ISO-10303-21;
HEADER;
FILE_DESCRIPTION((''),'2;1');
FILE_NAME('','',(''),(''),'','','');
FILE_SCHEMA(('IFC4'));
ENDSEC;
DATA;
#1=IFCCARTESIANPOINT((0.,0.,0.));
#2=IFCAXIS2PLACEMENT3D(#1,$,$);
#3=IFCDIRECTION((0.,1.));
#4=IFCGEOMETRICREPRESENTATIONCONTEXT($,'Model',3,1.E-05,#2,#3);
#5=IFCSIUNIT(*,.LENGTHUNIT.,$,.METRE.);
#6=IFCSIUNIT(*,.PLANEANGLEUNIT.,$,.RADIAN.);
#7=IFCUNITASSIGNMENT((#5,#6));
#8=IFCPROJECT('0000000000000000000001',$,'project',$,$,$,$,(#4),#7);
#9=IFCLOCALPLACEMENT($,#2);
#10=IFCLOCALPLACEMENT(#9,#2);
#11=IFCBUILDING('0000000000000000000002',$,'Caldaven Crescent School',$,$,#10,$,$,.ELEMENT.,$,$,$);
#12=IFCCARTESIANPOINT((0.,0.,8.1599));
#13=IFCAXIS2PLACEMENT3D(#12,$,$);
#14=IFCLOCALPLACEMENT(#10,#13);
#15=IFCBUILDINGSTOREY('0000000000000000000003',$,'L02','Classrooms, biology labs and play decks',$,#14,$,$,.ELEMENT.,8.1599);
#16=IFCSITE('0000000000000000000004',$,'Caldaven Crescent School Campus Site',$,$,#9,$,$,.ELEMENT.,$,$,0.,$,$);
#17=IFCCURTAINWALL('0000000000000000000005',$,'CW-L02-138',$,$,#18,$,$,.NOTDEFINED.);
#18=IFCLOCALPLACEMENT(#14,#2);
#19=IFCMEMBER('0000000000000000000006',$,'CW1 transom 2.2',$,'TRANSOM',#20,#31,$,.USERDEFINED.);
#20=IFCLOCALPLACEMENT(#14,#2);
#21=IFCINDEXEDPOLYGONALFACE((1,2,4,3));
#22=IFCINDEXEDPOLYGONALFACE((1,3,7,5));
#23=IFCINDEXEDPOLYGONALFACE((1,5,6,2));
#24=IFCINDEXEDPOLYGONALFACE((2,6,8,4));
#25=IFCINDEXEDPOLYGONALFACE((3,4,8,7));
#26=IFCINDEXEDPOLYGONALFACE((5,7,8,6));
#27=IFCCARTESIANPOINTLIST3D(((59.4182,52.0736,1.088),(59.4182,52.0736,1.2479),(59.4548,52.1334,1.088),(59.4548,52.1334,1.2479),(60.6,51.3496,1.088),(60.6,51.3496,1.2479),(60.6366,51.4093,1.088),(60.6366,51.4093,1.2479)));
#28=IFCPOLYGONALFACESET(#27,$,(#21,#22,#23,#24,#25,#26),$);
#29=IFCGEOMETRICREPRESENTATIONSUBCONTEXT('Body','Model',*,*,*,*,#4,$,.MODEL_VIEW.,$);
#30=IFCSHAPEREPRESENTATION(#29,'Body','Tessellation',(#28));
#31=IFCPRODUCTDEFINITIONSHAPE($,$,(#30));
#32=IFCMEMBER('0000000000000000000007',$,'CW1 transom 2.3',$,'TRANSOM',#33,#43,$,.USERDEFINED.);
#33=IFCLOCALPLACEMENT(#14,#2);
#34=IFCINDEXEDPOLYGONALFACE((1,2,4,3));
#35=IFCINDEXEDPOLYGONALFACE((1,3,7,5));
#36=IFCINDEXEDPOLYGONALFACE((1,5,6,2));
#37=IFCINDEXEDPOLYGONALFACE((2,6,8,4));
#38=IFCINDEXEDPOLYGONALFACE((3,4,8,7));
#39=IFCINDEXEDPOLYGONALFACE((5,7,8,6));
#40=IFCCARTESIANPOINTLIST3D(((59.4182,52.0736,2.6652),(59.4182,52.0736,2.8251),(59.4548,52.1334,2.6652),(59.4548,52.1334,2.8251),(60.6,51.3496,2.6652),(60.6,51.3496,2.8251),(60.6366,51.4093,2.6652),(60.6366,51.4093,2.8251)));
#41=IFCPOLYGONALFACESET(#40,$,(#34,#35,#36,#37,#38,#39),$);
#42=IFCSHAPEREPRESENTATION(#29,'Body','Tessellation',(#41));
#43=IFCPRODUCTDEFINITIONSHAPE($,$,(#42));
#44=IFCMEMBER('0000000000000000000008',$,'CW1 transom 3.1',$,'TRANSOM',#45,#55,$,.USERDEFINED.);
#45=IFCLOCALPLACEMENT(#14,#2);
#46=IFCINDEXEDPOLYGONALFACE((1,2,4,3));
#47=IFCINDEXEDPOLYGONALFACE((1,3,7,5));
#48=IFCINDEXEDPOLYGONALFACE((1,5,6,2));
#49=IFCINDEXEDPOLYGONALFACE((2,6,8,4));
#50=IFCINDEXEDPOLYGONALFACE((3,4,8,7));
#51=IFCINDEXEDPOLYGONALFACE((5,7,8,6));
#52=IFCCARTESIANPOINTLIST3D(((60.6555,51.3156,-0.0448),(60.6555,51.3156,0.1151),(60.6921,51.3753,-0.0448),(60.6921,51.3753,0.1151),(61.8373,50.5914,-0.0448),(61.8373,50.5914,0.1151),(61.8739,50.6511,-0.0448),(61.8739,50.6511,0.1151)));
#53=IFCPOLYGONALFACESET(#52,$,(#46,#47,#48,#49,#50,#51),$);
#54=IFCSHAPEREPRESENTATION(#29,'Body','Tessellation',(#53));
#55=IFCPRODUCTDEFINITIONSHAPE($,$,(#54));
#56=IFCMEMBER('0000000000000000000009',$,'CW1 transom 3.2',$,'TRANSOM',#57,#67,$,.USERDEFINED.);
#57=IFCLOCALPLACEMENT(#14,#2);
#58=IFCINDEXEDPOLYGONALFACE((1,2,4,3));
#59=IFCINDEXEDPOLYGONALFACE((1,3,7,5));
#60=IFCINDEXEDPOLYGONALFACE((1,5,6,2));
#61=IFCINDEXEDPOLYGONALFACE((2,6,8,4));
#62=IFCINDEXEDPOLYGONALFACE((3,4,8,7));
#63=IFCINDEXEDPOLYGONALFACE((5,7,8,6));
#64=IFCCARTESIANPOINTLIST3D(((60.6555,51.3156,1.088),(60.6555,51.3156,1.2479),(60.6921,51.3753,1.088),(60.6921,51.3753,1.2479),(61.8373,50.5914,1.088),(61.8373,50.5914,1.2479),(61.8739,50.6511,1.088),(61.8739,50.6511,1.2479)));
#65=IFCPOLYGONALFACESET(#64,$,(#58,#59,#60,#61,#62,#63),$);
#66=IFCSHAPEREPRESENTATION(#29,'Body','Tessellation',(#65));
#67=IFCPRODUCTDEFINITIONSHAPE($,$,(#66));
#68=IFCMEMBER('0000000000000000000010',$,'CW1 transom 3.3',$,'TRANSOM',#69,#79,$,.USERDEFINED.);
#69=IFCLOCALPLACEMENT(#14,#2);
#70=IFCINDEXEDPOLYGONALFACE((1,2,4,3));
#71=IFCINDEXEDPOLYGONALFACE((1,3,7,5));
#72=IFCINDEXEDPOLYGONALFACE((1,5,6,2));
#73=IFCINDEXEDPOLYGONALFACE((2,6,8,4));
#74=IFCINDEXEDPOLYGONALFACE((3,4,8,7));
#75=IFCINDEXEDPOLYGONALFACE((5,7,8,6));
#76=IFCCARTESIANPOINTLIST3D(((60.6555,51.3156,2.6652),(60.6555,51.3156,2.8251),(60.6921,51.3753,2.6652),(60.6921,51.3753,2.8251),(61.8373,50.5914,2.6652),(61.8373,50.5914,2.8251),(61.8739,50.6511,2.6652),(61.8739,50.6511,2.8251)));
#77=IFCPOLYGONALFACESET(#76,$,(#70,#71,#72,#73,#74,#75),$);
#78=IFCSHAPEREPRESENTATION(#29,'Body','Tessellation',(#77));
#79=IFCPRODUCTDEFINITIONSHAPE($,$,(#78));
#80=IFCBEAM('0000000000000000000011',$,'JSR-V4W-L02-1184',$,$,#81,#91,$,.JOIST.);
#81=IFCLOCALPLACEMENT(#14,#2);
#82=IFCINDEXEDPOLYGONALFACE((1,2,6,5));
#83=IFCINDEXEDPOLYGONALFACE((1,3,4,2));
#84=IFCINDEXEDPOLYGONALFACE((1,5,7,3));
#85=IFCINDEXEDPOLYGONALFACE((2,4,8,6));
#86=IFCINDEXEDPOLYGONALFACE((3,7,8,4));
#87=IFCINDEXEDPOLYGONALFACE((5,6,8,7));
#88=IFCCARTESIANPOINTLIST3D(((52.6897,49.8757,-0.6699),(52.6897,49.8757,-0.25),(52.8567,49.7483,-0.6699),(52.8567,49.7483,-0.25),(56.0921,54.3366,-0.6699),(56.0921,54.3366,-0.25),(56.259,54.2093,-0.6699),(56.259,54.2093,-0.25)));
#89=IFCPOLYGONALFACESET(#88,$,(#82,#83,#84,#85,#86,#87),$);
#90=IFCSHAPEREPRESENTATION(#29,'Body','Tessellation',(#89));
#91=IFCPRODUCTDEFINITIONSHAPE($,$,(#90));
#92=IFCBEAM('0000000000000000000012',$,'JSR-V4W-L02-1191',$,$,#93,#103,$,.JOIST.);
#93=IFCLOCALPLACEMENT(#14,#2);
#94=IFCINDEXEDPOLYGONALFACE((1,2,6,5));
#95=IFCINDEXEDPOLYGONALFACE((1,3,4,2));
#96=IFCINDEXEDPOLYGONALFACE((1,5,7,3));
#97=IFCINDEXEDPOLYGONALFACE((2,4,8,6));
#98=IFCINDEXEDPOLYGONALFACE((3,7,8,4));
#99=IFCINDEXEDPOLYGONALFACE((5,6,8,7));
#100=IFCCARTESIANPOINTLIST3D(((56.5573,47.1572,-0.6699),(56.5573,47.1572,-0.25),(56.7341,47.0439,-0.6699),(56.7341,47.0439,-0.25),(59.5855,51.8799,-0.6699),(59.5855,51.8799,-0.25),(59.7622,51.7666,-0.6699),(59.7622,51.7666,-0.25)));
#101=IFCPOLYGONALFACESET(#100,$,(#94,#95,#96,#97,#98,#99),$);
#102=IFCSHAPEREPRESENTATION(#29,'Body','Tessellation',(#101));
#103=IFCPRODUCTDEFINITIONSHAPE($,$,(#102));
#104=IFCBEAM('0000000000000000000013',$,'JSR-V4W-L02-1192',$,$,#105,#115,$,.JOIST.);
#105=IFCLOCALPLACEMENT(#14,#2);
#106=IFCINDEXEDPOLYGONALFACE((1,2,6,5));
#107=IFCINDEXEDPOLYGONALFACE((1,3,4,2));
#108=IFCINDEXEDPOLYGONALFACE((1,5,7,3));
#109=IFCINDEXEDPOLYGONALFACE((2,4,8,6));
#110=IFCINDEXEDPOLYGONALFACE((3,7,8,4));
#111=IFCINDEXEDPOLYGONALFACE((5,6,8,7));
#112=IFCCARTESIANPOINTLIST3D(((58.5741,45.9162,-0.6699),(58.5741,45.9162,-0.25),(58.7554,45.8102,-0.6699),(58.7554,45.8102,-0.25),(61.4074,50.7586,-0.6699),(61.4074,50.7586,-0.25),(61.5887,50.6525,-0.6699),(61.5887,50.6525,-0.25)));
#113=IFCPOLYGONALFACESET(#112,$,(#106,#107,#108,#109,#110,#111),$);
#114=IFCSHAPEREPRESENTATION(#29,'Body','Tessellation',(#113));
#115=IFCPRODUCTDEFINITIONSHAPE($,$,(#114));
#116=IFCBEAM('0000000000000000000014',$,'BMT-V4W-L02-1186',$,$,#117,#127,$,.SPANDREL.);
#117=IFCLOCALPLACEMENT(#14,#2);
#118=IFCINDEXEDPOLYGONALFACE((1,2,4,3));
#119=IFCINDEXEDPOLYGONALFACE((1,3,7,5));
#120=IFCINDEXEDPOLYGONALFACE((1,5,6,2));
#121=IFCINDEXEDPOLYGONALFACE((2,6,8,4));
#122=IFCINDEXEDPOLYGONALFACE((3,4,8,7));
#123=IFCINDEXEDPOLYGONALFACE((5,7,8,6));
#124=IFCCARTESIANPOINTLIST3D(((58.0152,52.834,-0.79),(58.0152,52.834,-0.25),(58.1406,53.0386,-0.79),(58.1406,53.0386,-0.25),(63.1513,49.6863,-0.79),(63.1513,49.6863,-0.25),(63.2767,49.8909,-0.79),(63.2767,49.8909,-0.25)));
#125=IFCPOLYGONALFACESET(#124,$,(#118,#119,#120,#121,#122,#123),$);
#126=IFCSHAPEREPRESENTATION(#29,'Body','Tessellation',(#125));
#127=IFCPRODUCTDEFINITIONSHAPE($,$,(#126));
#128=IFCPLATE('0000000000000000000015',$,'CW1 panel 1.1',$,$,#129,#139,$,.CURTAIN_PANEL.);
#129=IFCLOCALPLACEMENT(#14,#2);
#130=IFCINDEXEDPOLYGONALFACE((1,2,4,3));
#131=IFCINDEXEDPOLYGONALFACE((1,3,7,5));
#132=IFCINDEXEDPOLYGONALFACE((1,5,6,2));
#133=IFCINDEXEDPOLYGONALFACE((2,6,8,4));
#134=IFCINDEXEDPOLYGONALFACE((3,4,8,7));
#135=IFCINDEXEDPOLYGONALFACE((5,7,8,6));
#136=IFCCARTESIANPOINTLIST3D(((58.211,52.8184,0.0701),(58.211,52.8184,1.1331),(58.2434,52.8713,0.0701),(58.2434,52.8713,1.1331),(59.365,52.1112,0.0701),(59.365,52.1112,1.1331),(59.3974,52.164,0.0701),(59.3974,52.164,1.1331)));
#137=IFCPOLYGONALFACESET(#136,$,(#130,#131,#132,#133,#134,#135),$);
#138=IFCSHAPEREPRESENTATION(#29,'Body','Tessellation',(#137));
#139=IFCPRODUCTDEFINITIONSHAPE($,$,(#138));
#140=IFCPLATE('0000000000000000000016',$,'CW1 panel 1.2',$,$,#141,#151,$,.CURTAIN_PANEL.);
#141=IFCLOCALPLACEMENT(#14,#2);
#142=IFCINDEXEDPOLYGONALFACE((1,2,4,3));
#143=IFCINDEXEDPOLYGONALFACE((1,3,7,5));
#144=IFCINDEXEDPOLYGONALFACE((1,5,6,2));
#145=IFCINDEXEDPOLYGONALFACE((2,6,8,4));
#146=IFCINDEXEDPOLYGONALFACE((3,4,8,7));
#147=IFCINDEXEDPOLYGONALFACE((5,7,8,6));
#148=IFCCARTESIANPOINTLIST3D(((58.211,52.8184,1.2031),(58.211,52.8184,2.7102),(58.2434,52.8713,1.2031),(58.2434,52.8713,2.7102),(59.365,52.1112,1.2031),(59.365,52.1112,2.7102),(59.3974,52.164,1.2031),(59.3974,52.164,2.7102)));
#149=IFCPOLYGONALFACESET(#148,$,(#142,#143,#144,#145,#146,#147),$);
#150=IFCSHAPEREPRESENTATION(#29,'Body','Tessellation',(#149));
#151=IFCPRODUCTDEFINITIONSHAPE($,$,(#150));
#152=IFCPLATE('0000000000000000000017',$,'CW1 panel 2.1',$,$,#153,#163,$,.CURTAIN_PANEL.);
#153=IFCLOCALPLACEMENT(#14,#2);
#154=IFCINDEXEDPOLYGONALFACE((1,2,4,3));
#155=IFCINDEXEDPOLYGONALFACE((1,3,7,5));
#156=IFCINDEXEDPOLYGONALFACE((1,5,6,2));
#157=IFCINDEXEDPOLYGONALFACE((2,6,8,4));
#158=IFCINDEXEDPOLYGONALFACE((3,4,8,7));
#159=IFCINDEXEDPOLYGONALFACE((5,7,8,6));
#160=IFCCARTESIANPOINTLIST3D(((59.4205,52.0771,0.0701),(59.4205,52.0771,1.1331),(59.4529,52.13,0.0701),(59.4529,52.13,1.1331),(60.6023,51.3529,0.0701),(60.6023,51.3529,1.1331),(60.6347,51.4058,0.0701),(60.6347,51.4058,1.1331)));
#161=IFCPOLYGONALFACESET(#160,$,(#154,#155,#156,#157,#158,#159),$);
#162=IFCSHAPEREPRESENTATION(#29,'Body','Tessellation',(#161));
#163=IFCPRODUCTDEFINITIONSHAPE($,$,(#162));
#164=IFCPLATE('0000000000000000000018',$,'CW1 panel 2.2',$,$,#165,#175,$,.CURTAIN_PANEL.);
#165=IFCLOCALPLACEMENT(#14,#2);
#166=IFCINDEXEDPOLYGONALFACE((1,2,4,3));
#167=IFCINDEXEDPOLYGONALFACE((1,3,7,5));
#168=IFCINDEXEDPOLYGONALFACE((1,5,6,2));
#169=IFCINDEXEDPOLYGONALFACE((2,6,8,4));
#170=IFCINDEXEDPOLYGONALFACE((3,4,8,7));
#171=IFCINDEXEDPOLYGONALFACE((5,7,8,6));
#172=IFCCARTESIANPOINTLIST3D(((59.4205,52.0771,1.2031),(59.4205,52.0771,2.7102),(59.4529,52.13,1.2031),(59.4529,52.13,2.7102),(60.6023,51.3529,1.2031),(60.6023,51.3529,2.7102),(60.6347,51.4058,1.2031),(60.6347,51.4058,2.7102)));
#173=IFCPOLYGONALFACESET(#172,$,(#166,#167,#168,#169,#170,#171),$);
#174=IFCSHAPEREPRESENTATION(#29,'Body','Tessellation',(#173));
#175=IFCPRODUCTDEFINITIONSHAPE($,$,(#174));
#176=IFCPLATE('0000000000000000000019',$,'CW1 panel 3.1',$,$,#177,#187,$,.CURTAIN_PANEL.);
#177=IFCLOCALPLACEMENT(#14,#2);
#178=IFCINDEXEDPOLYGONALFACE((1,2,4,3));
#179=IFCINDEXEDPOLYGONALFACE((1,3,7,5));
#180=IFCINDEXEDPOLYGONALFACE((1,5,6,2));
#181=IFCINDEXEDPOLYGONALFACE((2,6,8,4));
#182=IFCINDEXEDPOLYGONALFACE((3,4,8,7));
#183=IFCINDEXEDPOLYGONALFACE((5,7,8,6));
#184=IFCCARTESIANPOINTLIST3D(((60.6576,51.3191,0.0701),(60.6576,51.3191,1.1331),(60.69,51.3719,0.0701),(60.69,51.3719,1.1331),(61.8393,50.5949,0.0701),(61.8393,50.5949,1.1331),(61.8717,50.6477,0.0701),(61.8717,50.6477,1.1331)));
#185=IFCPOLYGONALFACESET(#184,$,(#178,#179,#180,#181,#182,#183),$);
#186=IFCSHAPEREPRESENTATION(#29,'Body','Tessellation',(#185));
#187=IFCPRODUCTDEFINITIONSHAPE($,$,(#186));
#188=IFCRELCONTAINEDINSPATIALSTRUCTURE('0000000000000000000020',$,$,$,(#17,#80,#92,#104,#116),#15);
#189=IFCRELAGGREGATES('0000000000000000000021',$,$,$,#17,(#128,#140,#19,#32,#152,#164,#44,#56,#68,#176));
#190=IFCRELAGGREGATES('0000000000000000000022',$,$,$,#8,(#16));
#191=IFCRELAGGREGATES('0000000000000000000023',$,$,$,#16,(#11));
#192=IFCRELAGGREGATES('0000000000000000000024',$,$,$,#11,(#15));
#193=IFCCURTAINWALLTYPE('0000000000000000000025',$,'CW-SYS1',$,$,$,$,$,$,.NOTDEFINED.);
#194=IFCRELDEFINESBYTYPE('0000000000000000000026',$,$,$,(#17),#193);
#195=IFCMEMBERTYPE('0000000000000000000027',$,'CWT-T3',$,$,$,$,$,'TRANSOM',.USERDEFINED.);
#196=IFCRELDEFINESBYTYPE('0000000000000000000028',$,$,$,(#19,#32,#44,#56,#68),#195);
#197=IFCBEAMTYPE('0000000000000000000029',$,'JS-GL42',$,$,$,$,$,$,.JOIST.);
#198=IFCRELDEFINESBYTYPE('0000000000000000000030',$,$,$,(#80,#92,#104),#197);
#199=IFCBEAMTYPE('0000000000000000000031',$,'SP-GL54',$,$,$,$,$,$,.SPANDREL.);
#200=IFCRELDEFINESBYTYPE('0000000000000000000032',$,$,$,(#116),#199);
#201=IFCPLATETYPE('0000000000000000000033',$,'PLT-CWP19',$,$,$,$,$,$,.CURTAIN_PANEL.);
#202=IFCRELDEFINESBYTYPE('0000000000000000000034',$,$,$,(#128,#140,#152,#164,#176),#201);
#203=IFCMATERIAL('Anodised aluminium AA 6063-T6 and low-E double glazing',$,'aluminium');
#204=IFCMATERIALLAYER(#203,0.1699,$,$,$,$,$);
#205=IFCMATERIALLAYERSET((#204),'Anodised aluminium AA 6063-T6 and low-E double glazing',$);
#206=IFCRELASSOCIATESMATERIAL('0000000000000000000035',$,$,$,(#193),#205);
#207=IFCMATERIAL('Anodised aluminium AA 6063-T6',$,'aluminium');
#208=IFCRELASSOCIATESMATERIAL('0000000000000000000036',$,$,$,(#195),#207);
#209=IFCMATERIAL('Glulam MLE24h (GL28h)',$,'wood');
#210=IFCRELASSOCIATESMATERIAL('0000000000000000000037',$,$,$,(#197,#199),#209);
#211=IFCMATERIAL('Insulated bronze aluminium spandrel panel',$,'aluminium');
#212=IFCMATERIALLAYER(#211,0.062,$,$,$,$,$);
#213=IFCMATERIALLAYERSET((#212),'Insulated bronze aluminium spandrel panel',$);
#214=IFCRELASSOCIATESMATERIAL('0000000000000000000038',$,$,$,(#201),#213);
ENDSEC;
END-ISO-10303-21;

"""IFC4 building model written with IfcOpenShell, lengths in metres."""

from ifc_helpers import new_model, si_unit, direction, frame, origin, origin_2d, place, context, subcontext, project, spatial, rectangle, extrude, material, layer, layer_set, material_profile, profile_set, type_object, element, aggregate, save


model = new_model("IFC4")

# Units and contexts
model_context = context("Model", 3, precision=1e-05, world=origin(), true_north=direction((0.0, 1.0)))
body_context = subcontext(model_context, "Body", "Model", "MODEL_VIEW")
ifc_project = project(units=[si_unit("LENGTHUNIT", "METRE"), si_unit("PLANEANGLEUNIT", "RADIAN")], contexts=[model_context])

# Site, building, storey
site_placement = place(None, origin())
site = spatial("IfcSite", under=ifc_project, at=site_placement, Name="Caldaven Crescent School Campus Site", CompositionType="ELEMENT", RefElevation=0.0)
building_placement = place(site_placement, origin())
building = spatial("IfcBuilding", under=site, at=building_placement, Name="Caldaven Crescent School", CompositionType="ELEMENT")
storey_placement = place(building_placement, frame((0.0, 0.0, 8.1599)))
storey = spatial("IfcBuildingStorey", under=building, at=storey_placement, Name="L02", Description="Classrooms, biology labs and play decks", CompositionType="ELEMENT", Elevation=8.1599)

# Shared definitions
ifc_material_1 = material(Name="Glulam MLE24h (GL28h)", Category="wood")

# Curtain wall, members
ifc_material_2 = material(Name="Anodised aluminium AA 6063-T6 and low-E double glazing", Category="aluminium")
ifc_layer_1 = layer(ifc_material_2, 0.1699)
ifc_layer_set_1 = layer_set([ifc_layer_1], Name="Anodised aluminium AA 6063-T6 and low-E double glazing")
curtain_wall_type = type_object("IfcCurtainWallType", Name="CW-SYS1", PredefinedType="NOTDEFINED", material=ifc_layer_set_1)
curtain_wall_placement = place(storey_placement, origin())
curtain_wall = element("IfcCurtainWall", 1, at=curtain_wall_placement, inside=storey, type_object=curtain_wall_type, Name="CW-L02-138", PredefinedType="NOTDEFINED")
ifc_material_3 = material(Name="Anodised aluminium AA 6063-T6", Category="aluminium")
ifc_material_profile_1 = material_profile(ifc_material_3, rectangle(XDim=0.0701, YDim=0.1599, at=origin_2d()), Name="CWT 70x160")
ifc_profile_set_1 = profile_set([ifc_material_profile_1], Name="Anodised aluminium AA 6063-T6")
member_type_1 = type_object("IfcMemberType", Name="CWT-T3", ElementType="TRANSOM", PredefinedType="USERDEFINED", material=ifc_profile_set_1)
member_1_placement = place(storey_placement, frame((59.4365, 52.1035, 1.168), z_axis=(0.852685, -0.522426, 0.0), x_axis=(0.522426, 0.852685, 0.0)))
member_1 = element("IfcMember", 2, at=member_1_placement, type_object=member_type_1, Name="CW1 transom 2.2", ObjectType="TRANSOM", PredefinedType="USERDEFINED", context=body_context, shape_type="SweptSolid", body=[
    extrude(rectangle(XDim=0.0701, YDim=0.1599, at=origin_2d()), origin(), (0.0, 0.0, 1.0), 1.386),
])
member_2_placement = place(storey_placement, frame((59.4365, 52.1035, 2.7451), z_axis=(0.852685, -0.522426, 0.0), x_axis=(0.522426, 0.852685, 0.0)))
member_2 = element("IfcMember", 3, at=member_2_placement, type_object=member_type_1, Name="CW1 transom 2.3", ObjectType="TRANSOM", PredefinedType="USERDEFINED", context=body_context, shape_type="SweptSolid", body=[
    extrude(rectangle(XDim=0.0701, YDim=0.1599, at=origin_2d()), origin(), (0.0, 0.0, 1.0), 1.386),
])
member_3_placement = place(storey_placement, frame((60.6738, 51.3455, 0.0352), z_axis=(0.852637, -0.522504, 0.0), x_axis=(0.522504, 0.852637, 0.0)))
member_3 = element("IfcMember", 4, at=member_3_placement, type_object=member_type_1, Name="CW1 transom 3.1", ObjectType="TRANSOM", PredefinedType="USERDEFINED", context=body_context, shape_type="SweptSolid", body=[
    extrude(rectangle(XDim=0.0701, YDim=0.1599, at=origin_2d()), origin(), (0.0, 0.0, 1.0), 1.386),
])
member_4_placement = place(storey_placement, frame((60.6738, 51.3455, 1.168), z_axis=(0.852637, -0.522504, 0.0), x_axis=(0.522504, 0.852637, 0.0)))
member_4 = element("IfcMember", 5, at=member_4_placement, type_object=member_type_1, Name="CW1 transom 3.2", ObjectType="TRANSOM", PredefinedType="USERDEFINED", context=body_context, shape_type="SweptSolid", body=[
    extrude(rectangle(XDim=0.0701, YDim=0.1599, at=origin_2d()), origin(), (0.0, 0.0, 1.0), 1.386),
])
member_5_placement = place(storey_placement, frame((60.6738, 51.3455, 2.7451), z_axis=(0.852637, -0.522504, 0.0), x_axis=(0.522504, 0.852637, 0.0)))
member_5 = element("IfcMember", 6, at=member_5_placement, type_object=member_type_1, Name="CW1 transom 3.3", ObjectType="TRANSOM", PredefinedType="USERDEFINED", context=body_context, shape_type="SweptSolid", body=[
    extrude(rectangle(XDim=0.0701, YDim=0.1599, at=origin_2d()), origin(), (0.0, 0.0, 1.0), 1.386),
])

# Beams
ifc_material_profile_2 = material_profile(ifc_material_1, rectangle(XDim=0.21, YDim=0.4199, at=origin_2d()), Name="MLE 210x420")
ifc_profile_set_2 = profile_set([ifc_material_profile_2], Name="Glulam MLE24h (GL28h)")
beam_type_1 = type_object("IfcBeamType", Name="JS-GL42", PredefinedType="JOIST", material=ifc_profile_set_2)
beam_1_placement = place(storey_placement, frame((56.1755, 54.2729, -0.46), z_axis=(-0.606442, -0.795128, 0.0), x_axis=(0.795128, -0.606442, 0.0)))
element("IfcBeam", 7, at=beam_1_placement, inside=storey, type_object=beam_type_1, Name="JSR-V4W-L02-1184", PredefinedType="JOIST", context=body_context, shape_type="SweptSolid", body=[
    extrude(rectangle(XDim=0.21, YDim=0.4199, at=origin_2d()), origin(), (0.0, 0.0, 1.0), 5.6104),
])
beam_2_placement = place(storey_placement, frame((59.6738, 51.8232, -0.46), z_axis=(-0.539759, -0.84182, 0.0), x_axis=(0.84182, -0.539759, 0.0)))
element("IfcBeam", 8, at=beam_2_placement, inside=storey, type_object=beam_type_1, Name="JSR-V4W-L02-1191", PredefinedType="JOIST", context=body_context, shape_type="SweptSolid", body=[
    extrude(rectangle(XDim=0.21, YDim=0.4199, at=origin_2d()), origin(), (0.0, 0.0, 1.0), 5.6101),
])
beam_3_placement = place(storey_placement, frame((61.498, 50.7056, -0.46), z_axis=(-0.505012, -0.863112, 0.0), x_axis=(0.863112, -0.505012, 0.0)))
element("IfcBeam", 9, at=beam_3_placement, inside=storey, type_object=beam_type_1, Name="JSR-V4W-L02-1192", PredefinedType="JOIST", context=body_context, shape_type="SweptSolid", body=[
    extrude(rectangle(XDim=0.21, YDim=0.4199, at=origin_2d()), origin(), (0.0, 0.0, 1.0), 5.6104),
])
ifc_material_profile_3 = material_profile(ifc_material_1, rectangle(XDim=0.24, YDim=0.54, at=origin_2d()), Name="MLE 240x540")
ifc_profile_set_3 = profile_set([ifc_material_profile_3], Name="Glulam MLE24h (GL28h)")
beam_type_2 = type_object("IfcBeamType", Name="SP-GL54", PredefinedType="SPANDREL", material=ifc_profile_set_3)
beam_4_placement = place(storey_placement, frame((58.0779, 52.9363, -0.52), z_axis=(0.852624, -0.522525, 0.0), x_axis=(0.522525, 0.852624, 0.0)))
element("IfcBeam", 10, at=beam_4_placement, inside=storey, type_object=beam_type_2, Name="BMT-V4W-L02-1186", PredefinedType="SPANDREL", context=body_context, shape_type="SweptSolid", body=[
    extrude(rectangle(XDim=0.24, YDim=0.54, at=origin_2d()), origin(), (0.0, 0.0, 1.0), 6.0239),
])

# Plates
ifc_material_4 = material(Name="Insulated bronze aluminium spandrel panel", Category="aluminium")
ifc_layer_2 = layer(ifc_material_4, 0.062)
ifc_layer_set_2 = layer_set([ifc_layer_2], Name="Insulated bronze aluminium spandrel panel")
plate_type = type_object("IfcPlateType", Name="PLT-CWP19", PredefinedType="CURTAIN_PANEL", material=ifc_layer_set_2)
plate_1_placement = place(storey_placement, frame((58.8042, 52.4912, 0.0701), z_axis=(0.0, 0.0, 1.0), x_axis=(0.85264, -0.522499, 0.0)))
plate_1 = element("IfcPlate", 11, at=plate_1_placement, type_object=plate_type, Name="CW1 panel 1.1", PredefinedType="CURTAIN_PANEL", context=body_context, shape_type="SweptSolid", body=[
    extrude(rectangle(XDim=1.3535, YDim=0.062, at=origin_2d()), origin(), (0.0, 0.0, 1.0), 1.063),
])
plate_2_placement = place(storey_placement, frame((58.8042, 52.4912, 1.2031), z_axis=(0.0, 0.0, 1.0), x_axis=(0.85264, -0.522499, 0.0)))
plate_2 = element("IfcPlate", 12, at=plate_2_placement, type_object=plate_type, Name="CW1 panel 1.2", PredefinedType="CURTAIN_PANEL", context=body_context, shape_type="SweptSolid", body=[
    extrude(rectangle(XDim=1.3535, YDim=0.062, at=origin_2d()), origin(), (0.0, 0.0, 1.0), 1.5071),
])
plate_3_placement = place(storey_placement, frame((60.0276, 51.7415, 0.0701), z_axis=(0.0, 0.0, 1.0), x_axis=(0.85264, -0.522499, 0.0)))
plate_3 = element("IfcPlate", 13, at=plate_3_placement, type_object=plate_type, Name="CW1 panel 2.1", PredefinedType="CURTAIN_PANEL", context=body_context, shape_type="SweptSolid", body=[
    extrude(rectangle(XDim=1.386, YDim=0.062, at=origin_2d()), origin(), (0.0, 0.0, 1.0), 1.063),
])
plate_4_placement = place(storey_placement, frame((60.0276, 51.7415, 1.2031), z_axis=(0.0, 0.0, 1.0), x_axis=(0.85264, -0.522499, 0.0)))
plate_4 = element("IfcPlate", 14, at=plate_4_placement, type_object=plate_type, Name="CW1 panel 2.2", PredefinedType="CURTAIN_PANEL", context=body_context, shape_type="SweptSolid", body=[
    extrude(rectangle(XDim=1.386, YDim=0.062, at=origin_2d()), origin(), (0.0, 0.0, 1.0), 1.5071),
])
plate_5_placement = place(storey_placement, frame((61.2646, 50.9834, 0.0701), z_axis=(0.0, 0.0, 1.0), x_axis=(0.85264, -0.522499, 0.0)))
plate_5 = element("IfcPlate", 15, at=plate_5_placement, type_object=plate_type, Name="CW1 panel 3.1", PredefinedType="CURTAIN_PANEL", context=body_context, shape_type="SweptSolid", body=[
    extrude(rectangle(XDim=1.386, YDim=0.062, at=origin_2d()), origin(), (0.0, 0.0, 1.0), 1.063),
])
aggregate(curtain_wall, [plate_1, plate_2, member_1, member_2, plate_3, plate_4, member_3, member_4, member_5, plate_5])

save(model, "model.ifc")
